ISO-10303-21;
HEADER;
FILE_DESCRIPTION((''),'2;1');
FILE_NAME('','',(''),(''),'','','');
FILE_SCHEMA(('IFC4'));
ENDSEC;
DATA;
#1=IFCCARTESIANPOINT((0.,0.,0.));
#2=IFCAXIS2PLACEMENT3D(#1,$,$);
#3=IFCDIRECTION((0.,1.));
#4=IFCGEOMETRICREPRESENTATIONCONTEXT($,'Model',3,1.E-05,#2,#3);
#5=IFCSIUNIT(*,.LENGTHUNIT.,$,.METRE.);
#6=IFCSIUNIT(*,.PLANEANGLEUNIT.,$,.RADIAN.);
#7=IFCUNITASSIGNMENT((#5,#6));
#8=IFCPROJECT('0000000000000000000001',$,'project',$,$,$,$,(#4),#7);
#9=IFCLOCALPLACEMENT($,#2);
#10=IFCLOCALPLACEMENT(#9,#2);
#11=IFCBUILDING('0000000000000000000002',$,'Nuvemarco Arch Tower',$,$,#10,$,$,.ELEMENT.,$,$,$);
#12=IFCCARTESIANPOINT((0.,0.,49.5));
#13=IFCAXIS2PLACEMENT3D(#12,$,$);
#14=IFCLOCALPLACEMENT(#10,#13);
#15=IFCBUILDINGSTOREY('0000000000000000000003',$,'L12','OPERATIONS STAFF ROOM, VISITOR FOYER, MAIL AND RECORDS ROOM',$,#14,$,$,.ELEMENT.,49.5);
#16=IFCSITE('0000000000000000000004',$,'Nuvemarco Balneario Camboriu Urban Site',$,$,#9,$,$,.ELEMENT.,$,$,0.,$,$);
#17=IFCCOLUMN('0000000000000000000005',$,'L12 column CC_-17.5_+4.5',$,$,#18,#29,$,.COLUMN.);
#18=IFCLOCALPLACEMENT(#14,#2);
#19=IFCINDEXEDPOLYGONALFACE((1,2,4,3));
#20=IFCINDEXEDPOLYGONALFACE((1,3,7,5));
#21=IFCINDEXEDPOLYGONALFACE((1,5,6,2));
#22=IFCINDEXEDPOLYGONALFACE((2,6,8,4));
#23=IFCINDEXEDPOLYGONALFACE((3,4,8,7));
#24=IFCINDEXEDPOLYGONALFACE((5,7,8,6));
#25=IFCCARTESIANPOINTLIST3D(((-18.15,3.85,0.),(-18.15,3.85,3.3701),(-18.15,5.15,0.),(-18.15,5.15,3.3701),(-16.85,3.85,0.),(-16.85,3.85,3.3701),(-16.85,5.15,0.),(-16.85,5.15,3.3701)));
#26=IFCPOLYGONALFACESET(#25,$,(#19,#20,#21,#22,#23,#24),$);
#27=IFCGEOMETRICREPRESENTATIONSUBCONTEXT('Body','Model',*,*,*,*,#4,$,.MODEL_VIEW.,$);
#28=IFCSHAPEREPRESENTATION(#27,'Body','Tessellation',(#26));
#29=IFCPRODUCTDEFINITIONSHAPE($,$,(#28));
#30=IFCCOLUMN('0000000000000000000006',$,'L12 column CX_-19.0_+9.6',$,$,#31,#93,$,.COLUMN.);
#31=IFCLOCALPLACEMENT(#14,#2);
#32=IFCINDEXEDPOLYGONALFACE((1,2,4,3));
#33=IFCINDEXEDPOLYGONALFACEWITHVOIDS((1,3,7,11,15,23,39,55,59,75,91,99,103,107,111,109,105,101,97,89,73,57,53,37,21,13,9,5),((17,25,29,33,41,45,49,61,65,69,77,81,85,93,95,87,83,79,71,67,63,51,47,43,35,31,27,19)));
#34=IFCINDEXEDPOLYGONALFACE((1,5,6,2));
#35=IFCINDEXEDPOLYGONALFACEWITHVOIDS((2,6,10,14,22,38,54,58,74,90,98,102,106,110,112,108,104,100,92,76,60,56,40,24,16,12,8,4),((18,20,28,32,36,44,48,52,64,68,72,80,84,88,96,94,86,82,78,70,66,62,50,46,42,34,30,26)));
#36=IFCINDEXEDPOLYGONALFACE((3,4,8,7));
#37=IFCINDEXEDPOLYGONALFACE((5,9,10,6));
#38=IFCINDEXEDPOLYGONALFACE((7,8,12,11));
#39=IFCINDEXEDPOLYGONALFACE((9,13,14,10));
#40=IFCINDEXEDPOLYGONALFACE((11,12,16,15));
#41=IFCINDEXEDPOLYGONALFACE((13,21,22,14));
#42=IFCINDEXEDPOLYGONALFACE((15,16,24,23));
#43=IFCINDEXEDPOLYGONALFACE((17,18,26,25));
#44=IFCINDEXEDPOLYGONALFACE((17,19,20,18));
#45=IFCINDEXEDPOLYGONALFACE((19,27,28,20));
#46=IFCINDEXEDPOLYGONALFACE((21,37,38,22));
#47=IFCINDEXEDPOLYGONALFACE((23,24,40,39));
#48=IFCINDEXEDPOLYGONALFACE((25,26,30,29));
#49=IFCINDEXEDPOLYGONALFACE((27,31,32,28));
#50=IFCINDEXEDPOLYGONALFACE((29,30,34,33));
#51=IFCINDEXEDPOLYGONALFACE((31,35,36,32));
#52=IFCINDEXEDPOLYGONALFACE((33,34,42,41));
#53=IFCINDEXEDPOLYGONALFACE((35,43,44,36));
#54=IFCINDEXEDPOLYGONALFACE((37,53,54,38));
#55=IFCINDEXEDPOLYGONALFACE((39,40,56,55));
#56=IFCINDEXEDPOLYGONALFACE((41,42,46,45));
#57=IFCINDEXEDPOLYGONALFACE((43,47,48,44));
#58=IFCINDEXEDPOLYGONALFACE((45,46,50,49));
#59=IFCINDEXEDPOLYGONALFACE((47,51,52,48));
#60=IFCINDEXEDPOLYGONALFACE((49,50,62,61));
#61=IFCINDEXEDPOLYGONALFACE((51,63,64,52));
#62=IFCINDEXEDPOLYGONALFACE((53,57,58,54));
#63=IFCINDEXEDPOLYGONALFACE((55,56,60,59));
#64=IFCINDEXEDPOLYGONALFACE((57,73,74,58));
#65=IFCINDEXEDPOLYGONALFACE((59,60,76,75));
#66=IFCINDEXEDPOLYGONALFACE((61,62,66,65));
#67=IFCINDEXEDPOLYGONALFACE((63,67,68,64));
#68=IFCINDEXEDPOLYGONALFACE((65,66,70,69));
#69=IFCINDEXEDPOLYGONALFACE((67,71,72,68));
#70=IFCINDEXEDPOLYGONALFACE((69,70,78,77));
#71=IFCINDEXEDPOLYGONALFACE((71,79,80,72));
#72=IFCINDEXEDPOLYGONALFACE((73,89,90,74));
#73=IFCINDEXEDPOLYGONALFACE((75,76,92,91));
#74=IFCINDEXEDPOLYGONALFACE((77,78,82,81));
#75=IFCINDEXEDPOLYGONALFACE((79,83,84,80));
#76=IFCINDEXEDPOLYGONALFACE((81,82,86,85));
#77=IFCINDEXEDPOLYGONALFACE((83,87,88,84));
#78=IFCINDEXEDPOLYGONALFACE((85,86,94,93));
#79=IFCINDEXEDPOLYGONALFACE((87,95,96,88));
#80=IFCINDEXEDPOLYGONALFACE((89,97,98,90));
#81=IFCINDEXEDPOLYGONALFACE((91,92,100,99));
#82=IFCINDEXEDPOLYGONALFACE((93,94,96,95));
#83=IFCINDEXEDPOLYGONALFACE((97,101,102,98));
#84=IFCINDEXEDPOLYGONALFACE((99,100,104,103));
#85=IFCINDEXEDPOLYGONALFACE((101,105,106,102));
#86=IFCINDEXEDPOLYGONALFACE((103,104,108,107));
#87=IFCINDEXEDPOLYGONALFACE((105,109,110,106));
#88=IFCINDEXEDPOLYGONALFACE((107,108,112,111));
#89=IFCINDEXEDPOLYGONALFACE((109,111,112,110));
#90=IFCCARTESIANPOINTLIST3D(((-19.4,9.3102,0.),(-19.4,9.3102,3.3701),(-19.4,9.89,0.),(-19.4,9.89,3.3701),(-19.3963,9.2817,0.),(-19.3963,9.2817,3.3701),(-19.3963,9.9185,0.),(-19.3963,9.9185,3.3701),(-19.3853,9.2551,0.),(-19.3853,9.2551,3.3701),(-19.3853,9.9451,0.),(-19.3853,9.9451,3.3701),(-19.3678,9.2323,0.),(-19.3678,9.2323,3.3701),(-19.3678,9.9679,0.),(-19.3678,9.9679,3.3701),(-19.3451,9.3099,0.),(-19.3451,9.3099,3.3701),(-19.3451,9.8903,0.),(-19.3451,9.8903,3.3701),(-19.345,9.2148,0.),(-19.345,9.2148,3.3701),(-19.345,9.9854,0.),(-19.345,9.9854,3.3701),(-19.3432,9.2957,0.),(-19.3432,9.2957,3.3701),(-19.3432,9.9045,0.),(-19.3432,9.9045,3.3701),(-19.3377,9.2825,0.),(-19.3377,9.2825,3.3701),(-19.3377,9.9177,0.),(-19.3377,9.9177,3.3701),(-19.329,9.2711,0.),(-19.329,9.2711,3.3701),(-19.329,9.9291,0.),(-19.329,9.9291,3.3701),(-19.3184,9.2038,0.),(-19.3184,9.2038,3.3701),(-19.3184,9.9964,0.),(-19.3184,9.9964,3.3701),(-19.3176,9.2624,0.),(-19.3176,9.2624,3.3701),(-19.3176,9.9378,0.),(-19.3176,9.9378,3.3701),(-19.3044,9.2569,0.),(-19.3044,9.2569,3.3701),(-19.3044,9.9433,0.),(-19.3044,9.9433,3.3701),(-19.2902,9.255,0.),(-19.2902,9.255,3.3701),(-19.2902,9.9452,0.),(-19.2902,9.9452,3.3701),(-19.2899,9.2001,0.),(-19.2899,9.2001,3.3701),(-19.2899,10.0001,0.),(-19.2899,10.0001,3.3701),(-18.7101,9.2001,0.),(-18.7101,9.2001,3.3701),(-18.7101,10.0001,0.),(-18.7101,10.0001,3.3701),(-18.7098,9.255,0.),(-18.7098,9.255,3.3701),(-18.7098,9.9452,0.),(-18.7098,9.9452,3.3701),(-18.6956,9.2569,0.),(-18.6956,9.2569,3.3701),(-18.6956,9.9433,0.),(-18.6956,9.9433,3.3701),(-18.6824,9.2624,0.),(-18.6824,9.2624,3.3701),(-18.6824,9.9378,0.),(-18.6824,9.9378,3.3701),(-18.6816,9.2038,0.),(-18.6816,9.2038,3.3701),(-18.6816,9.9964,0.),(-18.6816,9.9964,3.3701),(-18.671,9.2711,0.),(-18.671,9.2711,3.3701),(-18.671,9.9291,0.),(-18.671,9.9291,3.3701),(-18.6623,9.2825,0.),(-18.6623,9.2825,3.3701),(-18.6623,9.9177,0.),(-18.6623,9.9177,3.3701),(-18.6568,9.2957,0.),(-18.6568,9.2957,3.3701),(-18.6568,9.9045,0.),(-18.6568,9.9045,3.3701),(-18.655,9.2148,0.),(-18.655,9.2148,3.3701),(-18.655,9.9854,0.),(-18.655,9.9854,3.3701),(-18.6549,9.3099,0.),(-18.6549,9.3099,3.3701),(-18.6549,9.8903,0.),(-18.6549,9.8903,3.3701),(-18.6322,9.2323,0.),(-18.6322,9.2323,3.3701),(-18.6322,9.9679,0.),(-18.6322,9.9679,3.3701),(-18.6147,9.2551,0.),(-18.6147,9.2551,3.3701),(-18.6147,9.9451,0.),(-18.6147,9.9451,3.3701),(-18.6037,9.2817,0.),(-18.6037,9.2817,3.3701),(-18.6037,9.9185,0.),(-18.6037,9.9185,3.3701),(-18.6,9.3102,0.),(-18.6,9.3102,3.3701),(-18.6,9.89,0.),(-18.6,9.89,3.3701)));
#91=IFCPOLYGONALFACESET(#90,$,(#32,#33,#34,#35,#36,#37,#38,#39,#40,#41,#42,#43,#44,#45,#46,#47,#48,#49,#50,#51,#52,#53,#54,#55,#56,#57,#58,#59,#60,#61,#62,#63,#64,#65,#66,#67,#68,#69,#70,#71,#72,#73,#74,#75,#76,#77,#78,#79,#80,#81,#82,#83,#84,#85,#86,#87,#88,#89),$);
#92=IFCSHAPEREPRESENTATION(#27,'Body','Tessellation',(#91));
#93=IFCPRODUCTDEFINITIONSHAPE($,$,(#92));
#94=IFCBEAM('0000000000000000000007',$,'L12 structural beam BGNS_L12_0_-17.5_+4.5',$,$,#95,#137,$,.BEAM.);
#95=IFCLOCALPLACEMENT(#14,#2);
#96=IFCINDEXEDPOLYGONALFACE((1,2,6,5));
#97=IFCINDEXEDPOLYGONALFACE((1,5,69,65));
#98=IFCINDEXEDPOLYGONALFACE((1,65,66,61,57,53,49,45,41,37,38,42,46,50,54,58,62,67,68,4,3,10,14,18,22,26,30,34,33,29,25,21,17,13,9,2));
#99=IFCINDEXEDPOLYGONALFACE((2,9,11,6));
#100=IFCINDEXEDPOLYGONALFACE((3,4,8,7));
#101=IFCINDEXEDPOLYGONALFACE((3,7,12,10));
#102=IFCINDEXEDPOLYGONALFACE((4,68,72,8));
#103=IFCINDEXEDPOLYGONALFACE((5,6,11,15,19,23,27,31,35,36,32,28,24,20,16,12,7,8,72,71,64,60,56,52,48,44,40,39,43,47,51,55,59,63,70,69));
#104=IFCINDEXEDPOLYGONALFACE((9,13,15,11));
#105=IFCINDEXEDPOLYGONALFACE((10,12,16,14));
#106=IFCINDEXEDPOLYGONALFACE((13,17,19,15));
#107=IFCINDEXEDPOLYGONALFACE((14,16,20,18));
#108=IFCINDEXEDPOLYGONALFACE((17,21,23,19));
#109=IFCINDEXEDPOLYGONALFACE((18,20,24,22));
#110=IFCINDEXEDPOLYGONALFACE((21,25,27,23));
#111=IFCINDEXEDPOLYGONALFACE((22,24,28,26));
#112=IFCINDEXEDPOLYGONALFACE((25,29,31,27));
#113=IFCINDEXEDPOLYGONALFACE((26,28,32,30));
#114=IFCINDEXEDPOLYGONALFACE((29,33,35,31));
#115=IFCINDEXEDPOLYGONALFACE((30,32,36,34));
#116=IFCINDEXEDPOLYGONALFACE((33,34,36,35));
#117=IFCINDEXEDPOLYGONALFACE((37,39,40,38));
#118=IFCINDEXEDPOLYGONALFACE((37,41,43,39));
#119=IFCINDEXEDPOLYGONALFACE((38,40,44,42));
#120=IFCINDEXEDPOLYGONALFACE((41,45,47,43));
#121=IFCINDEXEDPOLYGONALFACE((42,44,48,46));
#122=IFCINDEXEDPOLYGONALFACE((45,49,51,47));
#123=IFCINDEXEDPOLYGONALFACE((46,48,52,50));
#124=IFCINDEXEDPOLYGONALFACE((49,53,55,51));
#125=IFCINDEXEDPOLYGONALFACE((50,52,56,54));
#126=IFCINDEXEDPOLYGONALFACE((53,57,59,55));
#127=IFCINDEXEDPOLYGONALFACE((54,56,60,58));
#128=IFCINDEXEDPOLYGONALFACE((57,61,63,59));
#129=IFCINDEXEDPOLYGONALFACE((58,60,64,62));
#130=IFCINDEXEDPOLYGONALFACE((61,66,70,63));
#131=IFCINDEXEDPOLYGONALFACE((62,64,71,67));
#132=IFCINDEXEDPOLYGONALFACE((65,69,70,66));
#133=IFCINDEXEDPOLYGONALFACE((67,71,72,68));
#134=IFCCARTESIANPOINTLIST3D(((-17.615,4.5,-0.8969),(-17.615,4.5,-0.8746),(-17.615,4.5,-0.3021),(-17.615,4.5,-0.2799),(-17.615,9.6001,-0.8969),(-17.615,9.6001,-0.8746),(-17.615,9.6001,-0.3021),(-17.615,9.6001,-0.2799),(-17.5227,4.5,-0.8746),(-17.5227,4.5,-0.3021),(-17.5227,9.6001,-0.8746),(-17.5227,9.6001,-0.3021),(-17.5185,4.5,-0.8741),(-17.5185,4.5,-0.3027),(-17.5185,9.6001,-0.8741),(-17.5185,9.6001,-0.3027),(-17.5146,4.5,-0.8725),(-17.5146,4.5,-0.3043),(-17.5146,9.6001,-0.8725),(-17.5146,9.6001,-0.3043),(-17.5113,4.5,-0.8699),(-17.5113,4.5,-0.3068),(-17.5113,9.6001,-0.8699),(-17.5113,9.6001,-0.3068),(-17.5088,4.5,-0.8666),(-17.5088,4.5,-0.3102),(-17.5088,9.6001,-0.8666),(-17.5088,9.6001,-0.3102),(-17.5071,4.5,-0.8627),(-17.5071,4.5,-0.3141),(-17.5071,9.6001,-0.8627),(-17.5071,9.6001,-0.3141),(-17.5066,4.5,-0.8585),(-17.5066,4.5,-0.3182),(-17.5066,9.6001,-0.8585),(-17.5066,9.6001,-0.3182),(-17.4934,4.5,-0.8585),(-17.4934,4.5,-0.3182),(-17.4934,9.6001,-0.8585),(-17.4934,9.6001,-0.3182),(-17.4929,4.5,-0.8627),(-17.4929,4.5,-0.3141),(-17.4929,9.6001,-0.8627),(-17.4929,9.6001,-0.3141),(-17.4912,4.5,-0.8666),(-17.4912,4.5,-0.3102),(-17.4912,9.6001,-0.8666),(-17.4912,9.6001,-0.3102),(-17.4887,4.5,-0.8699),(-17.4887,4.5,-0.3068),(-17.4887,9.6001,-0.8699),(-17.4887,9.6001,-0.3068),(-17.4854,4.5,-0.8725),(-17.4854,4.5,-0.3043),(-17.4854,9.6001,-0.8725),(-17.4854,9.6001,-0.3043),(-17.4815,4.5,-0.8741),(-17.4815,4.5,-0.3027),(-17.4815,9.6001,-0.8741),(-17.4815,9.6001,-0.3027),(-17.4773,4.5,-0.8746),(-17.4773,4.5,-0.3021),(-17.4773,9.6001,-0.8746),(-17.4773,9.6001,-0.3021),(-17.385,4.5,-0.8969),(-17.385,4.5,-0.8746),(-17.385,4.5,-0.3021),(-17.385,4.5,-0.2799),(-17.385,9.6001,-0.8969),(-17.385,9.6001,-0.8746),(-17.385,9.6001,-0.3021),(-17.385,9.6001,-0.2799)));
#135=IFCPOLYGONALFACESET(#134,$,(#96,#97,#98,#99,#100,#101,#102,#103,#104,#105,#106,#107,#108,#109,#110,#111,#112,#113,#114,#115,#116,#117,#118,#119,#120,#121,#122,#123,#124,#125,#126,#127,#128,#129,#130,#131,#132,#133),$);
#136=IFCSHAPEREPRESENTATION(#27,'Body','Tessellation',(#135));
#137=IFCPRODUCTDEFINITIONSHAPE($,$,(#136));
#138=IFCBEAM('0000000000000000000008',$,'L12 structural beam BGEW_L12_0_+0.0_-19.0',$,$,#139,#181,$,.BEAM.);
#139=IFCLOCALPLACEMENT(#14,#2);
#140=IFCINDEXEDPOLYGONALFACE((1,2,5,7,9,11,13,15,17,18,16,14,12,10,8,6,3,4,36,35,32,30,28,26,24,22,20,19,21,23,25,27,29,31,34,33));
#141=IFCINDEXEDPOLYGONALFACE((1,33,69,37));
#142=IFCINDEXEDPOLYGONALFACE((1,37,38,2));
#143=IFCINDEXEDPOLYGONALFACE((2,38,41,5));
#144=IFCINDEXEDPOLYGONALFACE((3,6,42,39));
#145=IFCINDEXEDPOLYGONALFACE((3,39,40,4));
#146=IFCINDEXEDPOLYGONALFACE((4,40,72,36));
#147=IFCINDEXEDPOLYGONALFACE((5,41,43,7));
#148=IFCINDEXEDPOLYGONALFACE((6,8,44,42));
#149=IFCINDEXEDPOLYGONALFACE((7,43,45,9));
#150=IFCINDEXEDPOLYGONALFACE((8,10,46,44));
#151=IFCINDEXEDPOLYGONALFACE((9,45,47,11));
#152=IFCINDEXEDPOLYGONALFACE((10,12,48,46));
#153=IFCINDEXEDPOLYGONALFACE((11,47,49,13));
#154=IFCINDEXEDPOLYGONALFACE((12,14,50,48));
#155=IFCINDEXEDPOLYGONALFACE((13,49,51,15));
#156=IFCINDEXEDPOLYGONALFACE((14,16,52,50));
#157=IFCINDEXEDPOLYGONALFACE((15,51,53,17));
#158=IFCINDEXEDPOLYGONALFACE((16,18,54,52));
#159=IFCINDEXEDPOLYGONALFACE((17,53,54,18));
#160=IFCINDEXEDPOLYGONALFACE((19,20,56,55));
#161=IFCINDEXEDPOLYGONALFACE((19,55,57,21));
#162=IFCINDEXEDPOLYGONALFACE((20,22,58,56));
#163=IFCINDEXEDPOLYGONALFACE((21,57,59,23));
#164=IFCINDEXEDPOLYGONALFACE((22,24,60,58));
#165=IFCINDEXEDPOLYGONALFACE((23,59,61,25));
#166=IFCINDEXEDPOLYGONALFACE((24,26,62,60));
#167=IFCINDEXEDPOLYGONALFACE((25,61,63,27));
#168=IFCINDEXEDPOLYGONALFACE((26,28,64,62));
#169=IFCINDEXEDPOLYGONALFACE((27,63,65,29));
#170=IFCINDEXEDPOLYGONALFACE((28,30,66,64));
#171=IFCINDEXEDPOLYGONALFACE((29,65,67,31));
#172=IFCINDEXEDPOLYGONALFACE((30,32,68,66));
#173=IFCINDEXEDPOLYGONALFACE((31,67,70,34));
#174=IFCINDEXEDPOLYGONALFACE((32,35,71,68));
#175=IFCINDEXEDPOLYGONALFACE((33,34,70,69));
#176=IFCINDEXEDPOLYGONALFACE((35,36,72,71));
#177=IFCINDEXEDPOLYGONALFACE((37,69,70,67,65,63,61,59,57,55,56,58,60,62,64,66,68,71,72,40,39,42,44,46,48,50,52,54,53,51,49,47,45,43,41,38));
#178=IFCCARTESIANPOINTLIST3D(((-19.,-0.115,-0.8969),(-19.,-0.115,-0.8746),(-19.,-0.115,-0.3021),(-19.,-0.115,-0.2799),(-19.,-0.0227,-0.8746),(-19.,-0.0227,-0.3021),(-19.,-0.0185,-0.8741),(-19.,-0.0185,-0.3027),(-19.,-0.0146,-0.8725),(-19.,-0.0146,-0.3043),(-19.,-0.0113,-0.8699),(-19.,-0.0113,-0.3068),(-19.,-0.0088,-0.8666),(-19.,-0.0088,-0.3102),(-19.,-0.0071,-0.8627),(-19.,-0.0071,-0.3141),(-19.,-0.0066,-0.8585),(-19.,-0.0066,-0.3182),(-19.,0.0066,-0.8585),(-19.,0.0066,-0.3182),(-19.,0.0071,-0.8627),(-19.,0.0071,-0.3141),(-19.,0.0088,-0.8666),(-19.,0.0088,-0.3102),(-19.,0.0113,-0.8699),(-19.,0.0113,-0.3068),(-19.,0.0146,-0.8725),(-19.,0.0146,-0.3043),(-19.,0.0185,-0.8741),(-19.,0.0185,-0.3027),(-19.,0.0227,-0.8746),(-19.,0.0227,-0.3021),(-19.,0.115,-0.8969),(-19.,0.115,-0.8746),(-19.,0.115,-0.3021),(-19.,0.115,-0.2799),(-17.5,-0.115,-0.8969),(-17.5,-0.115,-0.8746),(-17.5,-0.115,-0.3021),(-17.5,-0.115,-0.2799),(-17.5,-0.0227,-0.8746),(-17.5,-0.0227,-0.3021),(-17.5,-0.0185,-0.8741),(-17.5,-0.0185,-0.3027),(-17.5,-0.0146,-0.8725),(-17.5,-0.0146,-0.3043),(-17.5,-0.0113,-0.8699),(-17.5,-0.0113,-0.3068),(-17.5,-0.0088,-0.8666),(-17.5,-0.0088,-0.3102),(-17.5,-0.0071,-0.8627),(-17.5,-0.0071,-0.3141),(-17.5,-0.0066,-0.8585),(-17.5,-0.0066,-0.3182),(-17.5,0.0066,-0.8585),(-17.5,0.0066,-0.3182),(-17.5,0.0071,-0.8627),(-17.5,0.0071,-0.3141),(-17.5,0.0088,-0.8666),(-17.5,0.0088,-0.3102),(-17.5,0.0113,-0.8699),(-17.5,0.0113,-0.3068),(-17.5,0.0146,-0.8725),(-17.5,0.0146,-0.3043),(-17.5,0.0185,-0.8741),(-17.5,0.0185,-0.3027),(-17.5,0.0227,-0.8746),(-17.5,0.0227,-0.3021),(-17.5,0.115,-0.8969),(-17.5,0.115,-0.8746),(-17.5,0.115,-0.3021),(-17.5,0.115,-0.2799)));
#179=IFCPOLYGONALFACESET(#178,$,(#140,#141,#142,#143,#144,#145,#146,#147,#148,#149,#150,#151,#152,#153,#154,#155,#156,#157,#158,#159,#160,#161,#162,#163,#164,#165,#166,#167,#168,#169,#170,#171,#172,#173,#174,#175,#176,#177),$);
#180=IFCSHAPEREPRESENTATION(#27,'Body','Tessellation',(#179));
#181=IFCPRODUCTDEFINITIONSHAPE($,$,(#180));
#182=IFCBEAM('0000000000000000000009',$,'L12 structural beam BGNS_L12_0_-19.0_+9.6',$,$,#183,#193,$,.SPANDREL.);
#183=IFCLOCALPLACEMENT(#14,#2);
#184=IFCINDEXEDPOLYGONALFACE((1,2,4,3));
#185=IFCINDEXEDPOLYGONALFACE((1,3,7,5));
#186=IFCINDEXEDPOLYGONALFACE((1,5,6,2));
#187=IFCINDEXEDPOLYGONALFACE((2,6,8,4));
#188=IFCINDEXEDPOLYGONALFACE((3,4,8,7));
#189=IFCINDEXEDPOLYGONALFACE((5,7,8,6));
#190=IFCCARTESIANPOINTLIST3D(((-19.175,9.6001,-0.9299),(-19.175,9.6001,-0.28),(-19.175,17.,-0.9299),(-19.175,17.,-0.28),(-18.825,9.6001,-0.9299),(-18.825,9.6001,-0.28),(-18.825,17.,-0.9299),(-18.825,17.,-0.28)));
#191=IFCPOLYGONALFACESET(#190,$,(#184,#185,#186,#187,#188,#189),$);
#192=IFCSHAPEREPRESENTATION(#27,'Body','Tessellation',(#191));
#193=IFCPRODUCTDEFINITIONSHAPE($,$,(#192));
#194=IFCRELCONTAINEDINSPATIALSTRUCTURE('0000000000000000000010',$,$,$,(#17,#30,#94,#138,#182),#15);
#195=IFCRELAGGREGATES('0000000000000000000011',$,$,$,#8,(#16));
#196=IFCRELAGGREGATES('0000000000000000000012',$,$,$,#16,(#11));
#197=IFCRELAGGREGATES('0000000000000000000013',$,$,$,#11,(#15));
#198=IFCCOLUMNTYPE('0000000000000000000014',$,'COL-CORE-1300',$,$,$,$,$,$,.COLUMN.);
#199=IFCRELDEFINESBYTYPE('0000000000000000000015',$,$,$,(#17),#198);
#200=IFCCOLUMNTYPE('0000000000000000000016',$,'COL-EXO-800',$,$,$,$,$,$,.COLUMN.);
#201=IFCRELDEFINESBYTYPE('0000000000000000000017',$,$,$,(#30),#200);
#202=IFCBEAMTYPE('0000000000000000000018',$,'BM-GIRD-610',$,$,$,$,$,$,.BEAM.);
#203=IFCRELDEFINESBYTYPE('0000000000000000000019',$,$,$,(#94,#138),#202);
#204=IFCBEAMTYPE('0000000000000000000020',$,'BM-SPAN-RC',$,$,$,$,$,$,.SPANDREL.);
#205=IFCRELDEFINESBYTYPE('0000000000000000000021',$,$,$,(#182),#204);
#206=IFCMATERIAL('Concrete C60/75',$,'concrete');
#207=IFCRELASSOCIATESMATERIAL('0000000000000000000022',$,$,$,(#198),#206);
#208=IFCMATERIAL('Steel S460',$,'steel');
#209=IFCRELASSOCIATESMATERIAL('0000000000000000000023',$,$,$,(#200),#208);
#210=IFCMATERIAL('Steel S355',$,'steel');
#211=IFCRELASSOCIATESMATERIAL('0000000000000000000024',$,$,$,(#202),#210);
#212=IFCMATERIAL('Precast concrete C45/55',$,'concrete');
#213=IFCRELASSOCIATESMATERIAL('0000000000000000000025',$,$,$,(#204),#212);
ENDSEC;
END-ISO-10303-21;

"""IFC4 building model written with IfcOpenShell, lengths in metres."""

from ifc_helpers import new_model, si_unit, direction, frame, origin, origin_2d, place, context, subcontext, project, spatial, rectangle, hollow_rectangle, i_section, extrude, material, material_profile, profile_set, type_object, element, save


model = new_model("IFC4")

# Units and contexts
model_context = context("Model", 3, precision=1e-05, world=origin(), true_north=direction((0.0, 1.0)))
body_context = subcontext(model_context, "Body", "Model", "MODEL_VIEW")
ifc_project = project(units=[si_unit("LENGTHUNIT", "METRE"), si_unit("PLANEANGLEUNIT", "RADIAN")], contexts=[model_context])

# Site, building, storey
site_placement = place(None, origin())
site = spatial("IfcSite", under=ifc_project, at=site_placement, Name="Nuvemarco Balneario Camboriu Urban Site", CompositionType="ELEMENT", RefElevation=0.0)
building_placement = place(site_placement, origin())
building = spatial("IfcBuilding", under=site, at=building_placement, Name="Nuvemarco Arch Tower", CompositionType="ELEMENT")
storey_placement = place(building_placement, frame((0.0, 0.0, 49.5)))
storey = spatial("IfcBuildingStorey", under=building, at=storey_placement, Name="L12", Description="OPERATIONS STAFF ROOM, VISITOR FOYER, MAIL AND RECORDS ROOM", CompositionType="ELEMENT", Elevation=49.5)

# Columns
ifc_material_1 = material(Name="Concrete C60/75", Category="concrete")
ifc_material_profile_1 = material_profile(ifc_material_1, rectangle(XDim=1.3, YDim=1.3, at=origin_2d()), Name="RC-COL-1300x1300")
ifc_profile_set_1 = profile_set([ifc_material_profile_1], Name="Concrete C60/75")
column_type_1 = type_object("IfcColumnType", Name="COL-CORE-1300", PredefinedType="COLUMN", material=ifc_profile_set_1)
column_1_placement = place(storey_placement, frame((-17.5, 4.5, 0.0), z_axis=(0.0, 0.0, 1.0), x_axis=(1.0, 0.0, 0.0)))
element("IfcColumn", 1, at=column_1_placement, inside=storey, type_object=column_type_1, Name="L12 column CC_-17.5_+4.5", PredefinedType="COLUMN", context=body_context, shape_type="SweptSolid", body=[
    extrude(rectangle(XDim=1.3, YDim=1.3, at=origin_2d()), origin(), (0.0, 0.0, 1.0), 3.3701),
])
ifc_material_2 = material(Name="Steel S460", Category="steel")
ifc_material_profile_2 = material_profile(ifc_material_2, hollow_rectangle(XDim=0.8, YDim=0.8, WallThickness=0.0549, InnerFilletRadius=0.0549, OuterFilletRadius=0.1101, at=origin_2d()), Name="SHS800x800x55")
ifc_profile_set_2 = profile_set([ifc_material_profile_2], Name="Steel S460")
column_type_2 = type_object("IfcColumnType", Name="COL-EXO-800", PredefinedType="COLUMN", material=ifc_profile_set_2)
column_2_placement = place(storey_placement, frame((-19.0, 9.6001, 0.0), z_axis=(0.0, 0.0, 1.0), x_axis=(1.0, 0.0, 0.0)))
element("IfcColumn", 2, at=column_2_placement, inside=storey, type_object=column_type_2, Name="L12 column CX_-19.0_+9.6", PredefinedType="COLUMN", context=body_context, shape_type="SweptSolid", body=[
    extrude(hollow_rectangle(XDim=0.8, YDim=0.8, WallThickness=0.0549, InnerFilletRadius=0.0549, OuterFilletRadius=0.1101, at=origin_2d()), origin(), (0.0, 0.0, 1.0), 3.3701),
])

# Beams
ifc_material_3 = material(Name="Steel S355", Category="steel")
ifc_material_profile_3 = material_profile(ifc_material_3, i_section(OverallWidth=0.23, OverallDepth=0.6169, WebThickness=0.0132, FlangeThickness=0.0222, FilletRadius=0.0161, at=origin_2d()), Name="W610x140")
ifc_profile_set_3 = profile_set([ifc_material_profile_3], Name="Steel S355")
beam_type_1 = type_object("IfcBeamType", Name="BM-GIRD-610", PredefinedType="BEAM", material=ifc_profile_set_3)
beam_1_placement = place(storey_placement, frame((-17.5, 4.5, -0.5884), z_axis=(0.0, 1.0, 0.0), x_axis=(-1.0, 0.0, 0.0)))
element("IfcBeam", 3, at=beam_1_placement, inside=storey, type_object=beam_type_1, Name="L12 structural beam BGNS_L12_0_-17.5_+4.5", PredefinedType="BEAM", context=body_context, shape_type="SweptSolid", body=[
    extrude(i_section(OverallWidth=0.23, OverallDepth=0.6169, WebThickness=0.0132, FlangeThickness=0.0222, FilletRadius=0.0161, at=origin_2d()), origin(), (0.0, 0.0, 1.0), 5.1001),
])
beam_2_placement = place(storey_placement, frame((-19.0, 0.0, -0.5884), z_axis=(1.0, 0.0, 0.0), x_axis=(0.0, 1.0, 0.0)))
element("IfcBeam", 4, at=beam_2_placement, inside=storey, type_object=beam_type_1, Name="L12 structural beam BGEW_L12_0_+0.0_-19.0", PredefinedType="BEAM", context=body_context, shape_type="SweptSolid", body=[
    extrude(i_section(OverallWidth=0.23, OverallDepth=0.6169, WebThickness=0.0132, FlangeThickness=0.0222, FilletRadius=0.0161, at=origin_2d()), origin(), (0.0, 0.0, 1.0), 1.5),
])
ifc_material_4 = material(Name="Precast concrete C45/55", Category="concrete")
ifc_material_profile_4 = material_profile(ifc_material_4, rectangle(XDim=0.3501, YDim=0.6499, at=origin_2d()), Name="PC-SP-350x650")
ifc_profile_set_4 = profile_set([ifc_material_profile_4], Name="Precast concrete C45/55")
beam_type_2 = type_object("IfcBeamType", Name="BM-SPAN-RC", PredefinedType="SPANDREL", material=ifc_profile_set_4)
beam_3_placement = place(storey_placement, frame((-19.0, 9.6001, -0.605), z_axis=(0.0, 1.0, 0.0), x_axis=(-1.0, 0.0, 0.0)))
element("IfcBeam", 5, at=beam_3_placement, inside=storey, type_object=beam_type_2, Name="L12 structural beam BGNS_L12_0_-19.0_+9.6", PredefinedType="SPANDREL", context=body_context, shape_type="SweptSolid", body=[
    extrude(rectangle(XDim=0.3501, YDim=0.6499, at=origin_2d()), origin(), (0.0, 0.0, 1.0), 7.3999),
])

save(model, "model.ifc")
